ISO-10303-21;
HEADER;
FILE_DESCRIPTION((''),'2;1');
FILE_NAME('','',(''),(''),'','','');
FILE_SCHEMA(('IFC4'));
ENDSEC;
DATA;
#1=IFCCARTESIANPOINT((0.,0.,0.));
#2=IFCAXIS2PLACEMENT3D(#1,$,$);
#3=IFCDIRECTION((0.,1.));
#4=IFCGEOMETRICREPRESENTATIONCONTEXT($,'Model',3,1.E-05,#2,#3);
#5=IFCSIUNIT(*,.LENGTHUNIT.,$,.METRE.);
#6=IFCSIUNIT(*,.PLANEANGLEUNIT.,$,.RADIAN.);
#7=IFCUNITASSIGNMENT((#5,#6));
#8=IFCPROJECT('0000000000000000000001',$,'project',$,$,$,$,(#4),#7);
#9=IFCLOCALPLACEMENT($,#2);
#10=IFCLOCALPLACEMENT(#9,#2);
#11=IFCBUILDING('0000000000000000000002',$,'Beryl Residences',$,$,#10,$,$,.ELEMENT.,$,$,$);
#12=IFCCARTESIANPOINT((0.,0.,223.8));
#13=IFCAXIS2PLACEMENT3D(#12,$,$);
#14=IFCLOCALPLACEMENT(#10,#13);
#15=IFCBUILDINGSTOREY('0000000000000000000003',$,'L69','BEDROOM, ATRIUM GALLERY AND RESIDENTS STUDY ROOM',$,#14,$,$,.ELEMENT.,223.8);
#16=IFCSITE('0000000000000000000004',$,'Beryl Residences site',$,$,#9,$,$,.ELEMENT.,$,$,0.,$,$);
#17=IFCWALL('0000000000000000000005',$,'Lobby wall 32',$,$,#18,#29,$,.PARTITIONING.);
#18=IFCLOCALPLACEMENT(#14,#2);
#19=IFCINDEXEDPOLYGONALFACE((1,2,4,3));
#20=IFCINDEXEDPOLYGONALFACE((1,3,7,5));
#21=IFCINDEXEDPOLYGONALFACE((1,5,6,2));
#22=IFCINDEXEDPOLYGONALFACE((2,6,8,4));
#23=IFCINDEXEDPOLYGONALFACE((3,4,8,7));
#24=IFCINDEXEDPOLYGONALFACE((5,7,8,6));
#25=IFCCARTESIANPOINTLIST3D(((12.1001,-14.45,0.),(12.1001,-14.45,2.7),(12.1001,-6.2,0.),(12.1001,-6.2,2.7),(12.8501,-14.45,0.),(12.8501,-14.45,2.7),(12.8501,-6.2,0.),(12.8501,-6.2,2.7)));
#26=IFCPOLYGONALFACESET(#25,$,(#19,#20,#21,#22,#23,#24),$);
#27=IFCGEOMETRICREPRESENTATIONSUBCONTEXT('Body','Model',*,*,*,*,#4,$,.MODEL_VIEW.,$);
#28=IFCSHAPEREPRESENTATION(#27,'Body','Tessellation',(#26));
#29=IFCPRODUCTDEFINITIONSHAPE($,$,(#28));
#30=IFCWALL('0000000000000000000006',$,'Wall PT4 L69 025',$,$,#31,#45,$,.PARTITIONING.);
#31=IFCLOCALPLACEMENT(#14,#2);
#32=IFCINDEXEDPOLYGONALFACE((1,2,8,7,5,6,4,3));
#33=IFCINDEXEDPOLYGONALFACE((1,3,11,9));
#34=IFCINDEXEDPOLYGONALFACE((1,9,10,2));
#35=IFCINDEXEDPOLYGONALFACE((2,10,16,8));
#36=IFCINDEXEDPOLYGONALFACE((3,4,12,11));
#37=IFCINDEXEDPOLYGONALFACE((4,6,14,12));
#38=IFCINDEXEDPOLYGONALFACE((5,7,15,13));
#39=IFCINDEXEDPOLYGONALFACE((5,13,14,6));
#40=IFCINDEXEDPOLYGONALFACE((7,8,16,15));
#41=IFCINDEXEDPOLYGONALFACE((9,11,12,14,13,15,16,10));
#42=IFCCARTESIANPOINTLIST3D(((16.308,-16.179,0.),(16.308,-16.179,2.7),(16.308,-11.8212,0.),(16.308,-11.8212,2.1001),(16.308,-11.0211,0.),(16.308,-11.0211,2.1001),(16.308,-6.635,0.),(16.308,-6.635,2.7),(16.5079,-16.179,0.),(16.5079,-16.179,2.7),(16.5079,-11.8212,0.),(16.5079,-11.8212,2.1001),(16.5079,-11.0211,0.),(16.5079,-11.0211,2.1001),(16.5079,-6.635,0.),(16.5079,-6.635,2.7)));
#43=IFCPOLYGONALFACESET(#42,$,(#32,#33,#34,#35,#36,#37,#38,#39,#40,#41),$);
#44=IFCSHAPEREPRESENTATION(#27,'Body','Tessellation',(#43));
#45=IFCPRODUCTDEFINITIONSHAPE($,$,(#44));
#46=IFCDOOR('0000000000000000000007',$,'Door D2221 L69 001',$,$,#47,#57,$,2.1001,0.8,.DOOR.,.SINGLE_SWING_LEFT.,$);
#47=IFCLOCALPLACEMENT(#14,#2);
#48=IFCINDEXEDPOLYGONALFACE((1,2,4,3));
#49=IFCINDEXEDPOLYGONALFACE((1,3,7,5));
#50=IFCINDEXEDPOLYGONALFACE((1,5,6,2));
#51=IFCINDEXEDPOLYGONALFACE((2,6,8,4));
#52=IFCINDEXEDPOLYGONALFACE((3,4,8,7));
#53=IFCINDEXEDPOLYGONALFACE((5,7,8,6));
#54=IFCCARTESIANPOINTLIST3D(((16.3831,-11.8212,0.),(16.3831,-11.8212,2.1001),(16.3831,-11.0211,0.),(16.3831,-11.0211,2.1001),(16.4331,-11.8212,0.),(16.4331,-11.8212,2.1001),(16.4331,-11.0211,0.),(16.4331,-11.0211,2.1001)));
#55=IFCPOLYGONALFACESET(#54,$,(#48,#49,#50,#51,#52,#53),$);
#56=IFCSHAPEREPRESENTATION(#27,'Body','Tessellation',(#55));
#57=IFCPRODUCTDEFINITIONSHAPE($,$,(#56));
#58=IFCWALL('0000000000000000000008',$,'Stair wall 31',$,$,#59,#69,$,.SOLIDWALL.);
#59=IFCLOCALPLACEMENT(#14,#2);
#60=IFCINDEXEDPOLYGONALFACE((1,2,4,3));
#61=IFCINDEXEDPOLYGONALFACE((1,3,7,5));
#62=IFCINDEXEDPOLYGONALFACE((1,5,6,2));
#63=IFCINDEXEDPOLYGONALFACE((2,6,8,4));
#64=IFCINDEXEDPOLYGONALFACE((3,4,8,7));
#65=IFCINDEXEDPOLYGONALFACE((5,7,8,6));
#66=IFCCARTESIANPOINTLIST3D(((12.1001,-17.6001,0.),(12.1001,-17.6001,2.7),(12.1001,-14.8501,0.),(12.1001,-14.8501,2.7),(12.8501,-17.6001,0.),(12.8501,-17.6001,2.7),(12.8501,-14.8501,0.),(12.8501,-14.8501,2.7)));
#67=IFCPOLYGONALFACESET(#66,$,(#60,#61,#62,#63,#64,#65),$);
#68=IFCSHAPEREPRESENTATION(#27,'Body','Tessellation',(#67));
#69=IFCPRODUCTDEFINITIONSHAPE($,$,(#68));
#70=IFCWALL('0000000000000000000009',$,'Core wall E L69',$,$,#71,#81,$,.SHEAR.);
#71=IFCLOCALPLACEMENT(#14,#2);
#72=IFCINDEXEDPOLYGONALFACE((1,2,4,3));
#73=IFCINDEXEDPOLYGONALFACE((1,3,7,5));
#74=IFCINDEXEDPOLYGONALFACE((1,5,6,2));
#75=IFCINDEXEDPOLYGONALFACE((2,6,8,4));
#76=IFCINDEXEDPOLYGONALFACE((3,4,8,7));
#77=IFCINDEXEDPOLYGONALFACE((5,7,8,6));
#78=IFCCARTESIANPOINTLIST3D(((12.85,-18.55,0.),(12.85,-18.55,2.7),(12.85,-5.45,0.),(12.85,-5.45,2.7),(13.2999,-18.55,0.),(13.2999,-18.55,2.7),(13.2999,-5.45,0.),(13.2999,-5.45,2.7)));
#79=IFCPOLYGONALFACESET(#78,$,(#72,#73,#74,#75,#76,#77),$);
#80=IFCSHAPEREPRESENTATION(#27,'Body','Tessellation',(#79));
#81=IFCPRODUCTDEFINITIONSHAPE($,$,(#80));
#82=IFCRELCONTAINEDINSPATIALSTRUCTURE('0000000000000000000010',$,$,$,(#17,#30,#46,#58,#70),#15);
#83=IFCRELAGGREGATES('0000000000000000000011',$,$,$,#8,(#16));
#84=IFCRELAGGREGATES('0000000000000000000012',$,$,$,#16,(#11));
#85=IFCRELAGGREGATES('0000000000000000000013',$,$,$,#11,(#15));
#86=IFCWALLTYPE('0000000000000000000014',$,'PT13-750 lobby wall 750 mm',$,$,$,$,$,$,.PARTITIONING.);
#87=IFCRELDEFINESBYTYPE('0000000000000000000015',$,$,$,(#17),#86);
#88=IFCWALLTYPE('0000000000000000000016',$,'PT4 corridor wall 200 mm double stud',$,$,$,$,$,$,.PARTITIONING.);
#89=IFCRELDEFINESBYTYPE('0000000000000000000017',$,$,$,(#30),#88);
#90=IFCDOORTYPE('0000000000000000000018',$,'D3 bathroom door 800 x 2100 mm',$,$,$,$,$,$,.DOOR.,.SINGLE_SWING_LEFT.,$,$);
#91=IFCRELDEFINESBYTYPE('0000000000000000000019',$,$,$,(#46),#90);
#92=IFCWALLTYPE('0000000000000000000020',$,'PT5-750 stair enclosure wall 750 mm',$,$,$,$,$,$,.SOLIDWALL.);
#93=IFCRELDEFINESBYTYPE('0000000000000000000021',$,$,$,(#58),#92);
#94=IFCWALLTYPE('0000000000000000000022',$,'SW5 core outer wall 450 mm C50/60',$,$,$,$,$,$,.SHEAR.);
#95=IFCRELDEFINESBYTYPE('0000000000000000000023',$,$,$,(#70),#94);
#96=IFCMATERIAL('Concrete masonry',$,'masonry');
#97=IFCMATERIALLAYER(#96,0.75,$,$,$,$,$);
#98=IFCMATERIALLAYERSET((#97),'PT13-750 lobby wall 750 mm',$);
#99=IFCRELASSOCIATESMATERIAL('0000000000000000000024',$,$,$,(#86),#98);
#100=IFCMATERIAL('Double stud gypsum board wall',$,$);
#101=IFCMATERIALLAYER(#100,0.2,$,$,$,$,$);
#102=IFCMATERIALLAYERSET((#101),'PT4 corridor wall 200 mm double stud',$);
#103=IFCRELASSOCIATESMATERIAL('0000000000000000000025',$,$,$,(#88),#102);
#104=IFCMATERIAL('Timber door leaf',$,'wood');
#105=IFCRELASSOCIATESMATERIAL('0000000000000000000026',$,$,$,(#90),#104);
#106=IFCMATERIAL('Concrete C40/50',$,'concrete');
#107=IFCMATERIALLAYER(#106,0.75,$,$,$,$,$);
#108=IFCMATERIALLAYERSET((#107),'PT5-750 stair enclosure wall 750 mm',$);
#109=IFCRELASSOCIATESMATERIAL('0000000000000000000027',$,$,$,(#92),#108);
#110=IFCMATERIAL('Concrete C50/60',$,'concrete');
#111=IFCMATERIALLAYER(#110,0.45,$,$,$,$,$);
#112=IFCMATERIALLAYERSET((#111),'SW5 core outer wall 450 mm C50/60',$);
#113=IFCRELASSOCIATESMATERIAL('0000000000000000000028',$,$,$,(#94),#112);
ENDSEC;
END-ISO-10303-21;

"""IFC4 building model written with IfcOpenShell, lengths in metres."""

from ifc_helpers import new_model, si_unit, direction, frame, frame_2d, origin, place, context, subcontext, project, spatial, rectangle, extrude, material, layer, layer_set, type_object, element, fill, save


model = new_model("IFC4")

# Units and contexts
model_context = context("Model", 3, precision=1e-05, world=origin(), true_north=direction((0.0, 1.0)))
body_context = subcontext(model_context, "Body", "Model", "MODEL_VIEW")
ifc_project = project(units=[si_unit("LENGTHUNIT", "METRE"), si_unit("PLANEANGLEUNIT", "RADIAN")], contexts=[model_context])

# Site, building, storey
site_placement = place(None, origin())
site = spatial("IfcSite", under=ifc_project, at=site_placement, Name="Beryl Residences site", CompositionType="ELEMENT", RefElevation=0.0)
building_placement = place(site_placement, origin())
building = spatial("IfcBuilding", under=site, at=building_placement, Name="Beryl Residences", CompositionType="ELEMENT")
storey_placement = place(building_placement, frame((0.0, 0.0, 223.8)))
storey = spatial("IfcBuildingStorey", under=building, at=storey_placement, Name="L69", Description="BEDROOM, ATRIUM GALLERY AND RESIDENTS STUDY ROOM", CompositionType="ELEMENT", Elevation=223.8)

# Wall
ifc_material_1 = material(Name="Concrete masonry", Category="masonry")
ifc_layer_1 = layer(ifc_material_1, 0.75)
ifc_layer_set_1 = layer_set([ifc_layer_1], Name="PT13-750 lobby wall 750 mm")
wall_type_1 = type_object("IfcWallType", Name="PT13-750 lobby wall 750 mm", PredefinedType="PARTITIONING", material=ifc_layer_set_1)
wall_1_placement = place(storey_placement, frame((12.4751, -14.45, 0.0), z_axis=(0.0, 0.0, 1.0), x_axis=(0.0, 1.0, 0.0)))
element("IfcWall", 1, at=wall_1_placement, inside=storey, type_object=wall_type_1, Name="Lobby wall 32", PredefinedType="PARTITIONING", context=body_context, shape_type="SweptSolid", body=[
    extrude(rectangle(XDim=8.25, YDim=0.75, at=frame_2d((4.125, 0.0))), origin(), (0.0, 0.0, 1.0), 2.7),
])

# Wall, opening, door
ifc_material_2 = material(Name="Double stud gypsum board wall")
ifc_layer_2 = layer(ifc_material_2, 0.2)
ifc_layer_set_2 = layer_set([ifc_layer_2], Name="PT4 corridor wall 200 mm double stud")
wall_type_2 = type_object("IfcWallType", Name="PT4 corridor wall 200 mm double stud", PredefinedType="PARTITIONING", material=ifc_layer_set_2)
wall_2_placement = place(storey_placement, frame((16.408, -16.179, 0.0), z_axis=(0.0, 0.0, 1.0), x_axis=(0.0, 1.0, 0.0)))
wall_2 = element("IfcWall", 2, at=wall_2_placement, inside=storey, type_object=wall_type_2, Name="Wall PT4 L69 025", PredefinedType="PARTITIONING", context=body_context, shape_type="SweptSolid", body=[
    extrude(rectangle(XDim=9.5439, YDim=0.2, at=frame_2d((4.772, 0.0))), origin(), (0.0, 0.0, 1.0), 2.7),
])
opening_1_placement = place(wall_2_placement, frame((4.3579, 0.0, 0.0)))
opening_1 = element("IfcOpeningElement", 3, at=opening_1_placement, cuts=wall_2, PredefinedType="OPENING", context=body_context, shape_type="SweptSolid", body=[
    extrude(rectangle(XDim=0.8, YDim=2.1001, at=frame_2d((0.3999, 1.05))), frame((0.0, 0.1099, 0.0), z_axis=(0.0, -1.0, 0.0), x_axis=(1.0, 0.0, 0.0)), (0.0, 0.0, 1.0), 0.22),
])
ifc_material_3 = material(Name="Timber door leaf", Category="wood")
door_type = type_object("IfcDoorType", Name="D3 bathroom door 800 x 2100 mm", OperationType="SINGLE_SWING_LEFT", PredefinedType="DOOR", material=ifc_material_3)
door_placement = place(opening_1_placement, origin())
door = element("IfcDoor", 4, at=door_placement, inside=storey, type_object=door_type, Name="Door D2221 L69 001", OperationType="SINGLE_SWING_LEFT", OverallHeight=2.1001, OverallWidth=0.8, PredefinedType="DOOR", context=body_context, shape_type="SweptSolid", body=[
    extrude(rectangle(XDim=0.8, YDim=2.1001, at=frame_2d((0.3999, 1.05))), frame((0.0, 0.0249, 0.0), z_axis=(0.0, -1.0, 0.0), x_axis=(1.0, 0.0, 0.0)), (0.0, 0.0, 1.0), 0.05),
])
fill(opening_1, door)

# Walls
ifc_material_4 = material(Name="Concrete C40/50", Category="concrete")
ifc_layer_3 = layer(ifc_material_4, 0.75)
ifc_layer_set_3 = layer_set([ifc_layer_3], Name="PT5-750 stair enclosure wall 750 mm")
wall_type_3 = type_object("IfcWallType", Name="PT5-750 stair enclosure wall 750 mm", PredefinedType="SOLIDWALL", material=ifc_layer_set_3)
wall_3_placement = place(storey_placement, frame((12.4751, -17.6001, 0.0), z_axis=(0.0, 0.0, 1.0), x_axis=(0.0, 1.0, 0.0)))
element("IfcWall", 5, at=wall_3_placement, inside=storey, type_object=wall_type_3, Name="Stair wall 31", PredefinedType="SOLIDWALL", context=body_context, shape_type="SweptSolid", body=[
    extrude(rectangle(XDim=2.75, YDim=0.75, at=frame_2d((1.375, 0.0))), origin(), (0.0, 0.0, 1.0), 2.7),
])
ifc_material_5 = material(Name="Concrete C50/60", Category="concrete")
ifc_layer_4 = layer(ifc_material_5, 0.45)
ifc_layer_set_4 = layer_set([ifc_layer_4], Name="SW5 core outer wall 450 mm C50/60")
wall_type_4 = type_object("IfcWallType", Name="SW5 core outer wall 450 mm C50/60", PredefinedType="SHEAR", material=ifc_layer_set_4)
wall_4_placement = place(storey_placement, frame((13.075, -18.55, 0.0), z_axis=(0.0, 0.0, 1.0), x_axis=(0.0, 1.0, 0.0)))
element("IfcWall", 6, at=wall_4_placement, inside=storey, type_object=wall_type_4, Name="Core wall E L69", PredefinedType="SHEAR", context=body_context, shape_type="SweptSolid", body=[
    extrude(rectangle(XDim=13.1001, YDim=0.45, at=frame_2d((6.55, 0.0))), origin(), (0.0, 0.0, 1.0), 2.7),
])

save(model, "model.ifc")
